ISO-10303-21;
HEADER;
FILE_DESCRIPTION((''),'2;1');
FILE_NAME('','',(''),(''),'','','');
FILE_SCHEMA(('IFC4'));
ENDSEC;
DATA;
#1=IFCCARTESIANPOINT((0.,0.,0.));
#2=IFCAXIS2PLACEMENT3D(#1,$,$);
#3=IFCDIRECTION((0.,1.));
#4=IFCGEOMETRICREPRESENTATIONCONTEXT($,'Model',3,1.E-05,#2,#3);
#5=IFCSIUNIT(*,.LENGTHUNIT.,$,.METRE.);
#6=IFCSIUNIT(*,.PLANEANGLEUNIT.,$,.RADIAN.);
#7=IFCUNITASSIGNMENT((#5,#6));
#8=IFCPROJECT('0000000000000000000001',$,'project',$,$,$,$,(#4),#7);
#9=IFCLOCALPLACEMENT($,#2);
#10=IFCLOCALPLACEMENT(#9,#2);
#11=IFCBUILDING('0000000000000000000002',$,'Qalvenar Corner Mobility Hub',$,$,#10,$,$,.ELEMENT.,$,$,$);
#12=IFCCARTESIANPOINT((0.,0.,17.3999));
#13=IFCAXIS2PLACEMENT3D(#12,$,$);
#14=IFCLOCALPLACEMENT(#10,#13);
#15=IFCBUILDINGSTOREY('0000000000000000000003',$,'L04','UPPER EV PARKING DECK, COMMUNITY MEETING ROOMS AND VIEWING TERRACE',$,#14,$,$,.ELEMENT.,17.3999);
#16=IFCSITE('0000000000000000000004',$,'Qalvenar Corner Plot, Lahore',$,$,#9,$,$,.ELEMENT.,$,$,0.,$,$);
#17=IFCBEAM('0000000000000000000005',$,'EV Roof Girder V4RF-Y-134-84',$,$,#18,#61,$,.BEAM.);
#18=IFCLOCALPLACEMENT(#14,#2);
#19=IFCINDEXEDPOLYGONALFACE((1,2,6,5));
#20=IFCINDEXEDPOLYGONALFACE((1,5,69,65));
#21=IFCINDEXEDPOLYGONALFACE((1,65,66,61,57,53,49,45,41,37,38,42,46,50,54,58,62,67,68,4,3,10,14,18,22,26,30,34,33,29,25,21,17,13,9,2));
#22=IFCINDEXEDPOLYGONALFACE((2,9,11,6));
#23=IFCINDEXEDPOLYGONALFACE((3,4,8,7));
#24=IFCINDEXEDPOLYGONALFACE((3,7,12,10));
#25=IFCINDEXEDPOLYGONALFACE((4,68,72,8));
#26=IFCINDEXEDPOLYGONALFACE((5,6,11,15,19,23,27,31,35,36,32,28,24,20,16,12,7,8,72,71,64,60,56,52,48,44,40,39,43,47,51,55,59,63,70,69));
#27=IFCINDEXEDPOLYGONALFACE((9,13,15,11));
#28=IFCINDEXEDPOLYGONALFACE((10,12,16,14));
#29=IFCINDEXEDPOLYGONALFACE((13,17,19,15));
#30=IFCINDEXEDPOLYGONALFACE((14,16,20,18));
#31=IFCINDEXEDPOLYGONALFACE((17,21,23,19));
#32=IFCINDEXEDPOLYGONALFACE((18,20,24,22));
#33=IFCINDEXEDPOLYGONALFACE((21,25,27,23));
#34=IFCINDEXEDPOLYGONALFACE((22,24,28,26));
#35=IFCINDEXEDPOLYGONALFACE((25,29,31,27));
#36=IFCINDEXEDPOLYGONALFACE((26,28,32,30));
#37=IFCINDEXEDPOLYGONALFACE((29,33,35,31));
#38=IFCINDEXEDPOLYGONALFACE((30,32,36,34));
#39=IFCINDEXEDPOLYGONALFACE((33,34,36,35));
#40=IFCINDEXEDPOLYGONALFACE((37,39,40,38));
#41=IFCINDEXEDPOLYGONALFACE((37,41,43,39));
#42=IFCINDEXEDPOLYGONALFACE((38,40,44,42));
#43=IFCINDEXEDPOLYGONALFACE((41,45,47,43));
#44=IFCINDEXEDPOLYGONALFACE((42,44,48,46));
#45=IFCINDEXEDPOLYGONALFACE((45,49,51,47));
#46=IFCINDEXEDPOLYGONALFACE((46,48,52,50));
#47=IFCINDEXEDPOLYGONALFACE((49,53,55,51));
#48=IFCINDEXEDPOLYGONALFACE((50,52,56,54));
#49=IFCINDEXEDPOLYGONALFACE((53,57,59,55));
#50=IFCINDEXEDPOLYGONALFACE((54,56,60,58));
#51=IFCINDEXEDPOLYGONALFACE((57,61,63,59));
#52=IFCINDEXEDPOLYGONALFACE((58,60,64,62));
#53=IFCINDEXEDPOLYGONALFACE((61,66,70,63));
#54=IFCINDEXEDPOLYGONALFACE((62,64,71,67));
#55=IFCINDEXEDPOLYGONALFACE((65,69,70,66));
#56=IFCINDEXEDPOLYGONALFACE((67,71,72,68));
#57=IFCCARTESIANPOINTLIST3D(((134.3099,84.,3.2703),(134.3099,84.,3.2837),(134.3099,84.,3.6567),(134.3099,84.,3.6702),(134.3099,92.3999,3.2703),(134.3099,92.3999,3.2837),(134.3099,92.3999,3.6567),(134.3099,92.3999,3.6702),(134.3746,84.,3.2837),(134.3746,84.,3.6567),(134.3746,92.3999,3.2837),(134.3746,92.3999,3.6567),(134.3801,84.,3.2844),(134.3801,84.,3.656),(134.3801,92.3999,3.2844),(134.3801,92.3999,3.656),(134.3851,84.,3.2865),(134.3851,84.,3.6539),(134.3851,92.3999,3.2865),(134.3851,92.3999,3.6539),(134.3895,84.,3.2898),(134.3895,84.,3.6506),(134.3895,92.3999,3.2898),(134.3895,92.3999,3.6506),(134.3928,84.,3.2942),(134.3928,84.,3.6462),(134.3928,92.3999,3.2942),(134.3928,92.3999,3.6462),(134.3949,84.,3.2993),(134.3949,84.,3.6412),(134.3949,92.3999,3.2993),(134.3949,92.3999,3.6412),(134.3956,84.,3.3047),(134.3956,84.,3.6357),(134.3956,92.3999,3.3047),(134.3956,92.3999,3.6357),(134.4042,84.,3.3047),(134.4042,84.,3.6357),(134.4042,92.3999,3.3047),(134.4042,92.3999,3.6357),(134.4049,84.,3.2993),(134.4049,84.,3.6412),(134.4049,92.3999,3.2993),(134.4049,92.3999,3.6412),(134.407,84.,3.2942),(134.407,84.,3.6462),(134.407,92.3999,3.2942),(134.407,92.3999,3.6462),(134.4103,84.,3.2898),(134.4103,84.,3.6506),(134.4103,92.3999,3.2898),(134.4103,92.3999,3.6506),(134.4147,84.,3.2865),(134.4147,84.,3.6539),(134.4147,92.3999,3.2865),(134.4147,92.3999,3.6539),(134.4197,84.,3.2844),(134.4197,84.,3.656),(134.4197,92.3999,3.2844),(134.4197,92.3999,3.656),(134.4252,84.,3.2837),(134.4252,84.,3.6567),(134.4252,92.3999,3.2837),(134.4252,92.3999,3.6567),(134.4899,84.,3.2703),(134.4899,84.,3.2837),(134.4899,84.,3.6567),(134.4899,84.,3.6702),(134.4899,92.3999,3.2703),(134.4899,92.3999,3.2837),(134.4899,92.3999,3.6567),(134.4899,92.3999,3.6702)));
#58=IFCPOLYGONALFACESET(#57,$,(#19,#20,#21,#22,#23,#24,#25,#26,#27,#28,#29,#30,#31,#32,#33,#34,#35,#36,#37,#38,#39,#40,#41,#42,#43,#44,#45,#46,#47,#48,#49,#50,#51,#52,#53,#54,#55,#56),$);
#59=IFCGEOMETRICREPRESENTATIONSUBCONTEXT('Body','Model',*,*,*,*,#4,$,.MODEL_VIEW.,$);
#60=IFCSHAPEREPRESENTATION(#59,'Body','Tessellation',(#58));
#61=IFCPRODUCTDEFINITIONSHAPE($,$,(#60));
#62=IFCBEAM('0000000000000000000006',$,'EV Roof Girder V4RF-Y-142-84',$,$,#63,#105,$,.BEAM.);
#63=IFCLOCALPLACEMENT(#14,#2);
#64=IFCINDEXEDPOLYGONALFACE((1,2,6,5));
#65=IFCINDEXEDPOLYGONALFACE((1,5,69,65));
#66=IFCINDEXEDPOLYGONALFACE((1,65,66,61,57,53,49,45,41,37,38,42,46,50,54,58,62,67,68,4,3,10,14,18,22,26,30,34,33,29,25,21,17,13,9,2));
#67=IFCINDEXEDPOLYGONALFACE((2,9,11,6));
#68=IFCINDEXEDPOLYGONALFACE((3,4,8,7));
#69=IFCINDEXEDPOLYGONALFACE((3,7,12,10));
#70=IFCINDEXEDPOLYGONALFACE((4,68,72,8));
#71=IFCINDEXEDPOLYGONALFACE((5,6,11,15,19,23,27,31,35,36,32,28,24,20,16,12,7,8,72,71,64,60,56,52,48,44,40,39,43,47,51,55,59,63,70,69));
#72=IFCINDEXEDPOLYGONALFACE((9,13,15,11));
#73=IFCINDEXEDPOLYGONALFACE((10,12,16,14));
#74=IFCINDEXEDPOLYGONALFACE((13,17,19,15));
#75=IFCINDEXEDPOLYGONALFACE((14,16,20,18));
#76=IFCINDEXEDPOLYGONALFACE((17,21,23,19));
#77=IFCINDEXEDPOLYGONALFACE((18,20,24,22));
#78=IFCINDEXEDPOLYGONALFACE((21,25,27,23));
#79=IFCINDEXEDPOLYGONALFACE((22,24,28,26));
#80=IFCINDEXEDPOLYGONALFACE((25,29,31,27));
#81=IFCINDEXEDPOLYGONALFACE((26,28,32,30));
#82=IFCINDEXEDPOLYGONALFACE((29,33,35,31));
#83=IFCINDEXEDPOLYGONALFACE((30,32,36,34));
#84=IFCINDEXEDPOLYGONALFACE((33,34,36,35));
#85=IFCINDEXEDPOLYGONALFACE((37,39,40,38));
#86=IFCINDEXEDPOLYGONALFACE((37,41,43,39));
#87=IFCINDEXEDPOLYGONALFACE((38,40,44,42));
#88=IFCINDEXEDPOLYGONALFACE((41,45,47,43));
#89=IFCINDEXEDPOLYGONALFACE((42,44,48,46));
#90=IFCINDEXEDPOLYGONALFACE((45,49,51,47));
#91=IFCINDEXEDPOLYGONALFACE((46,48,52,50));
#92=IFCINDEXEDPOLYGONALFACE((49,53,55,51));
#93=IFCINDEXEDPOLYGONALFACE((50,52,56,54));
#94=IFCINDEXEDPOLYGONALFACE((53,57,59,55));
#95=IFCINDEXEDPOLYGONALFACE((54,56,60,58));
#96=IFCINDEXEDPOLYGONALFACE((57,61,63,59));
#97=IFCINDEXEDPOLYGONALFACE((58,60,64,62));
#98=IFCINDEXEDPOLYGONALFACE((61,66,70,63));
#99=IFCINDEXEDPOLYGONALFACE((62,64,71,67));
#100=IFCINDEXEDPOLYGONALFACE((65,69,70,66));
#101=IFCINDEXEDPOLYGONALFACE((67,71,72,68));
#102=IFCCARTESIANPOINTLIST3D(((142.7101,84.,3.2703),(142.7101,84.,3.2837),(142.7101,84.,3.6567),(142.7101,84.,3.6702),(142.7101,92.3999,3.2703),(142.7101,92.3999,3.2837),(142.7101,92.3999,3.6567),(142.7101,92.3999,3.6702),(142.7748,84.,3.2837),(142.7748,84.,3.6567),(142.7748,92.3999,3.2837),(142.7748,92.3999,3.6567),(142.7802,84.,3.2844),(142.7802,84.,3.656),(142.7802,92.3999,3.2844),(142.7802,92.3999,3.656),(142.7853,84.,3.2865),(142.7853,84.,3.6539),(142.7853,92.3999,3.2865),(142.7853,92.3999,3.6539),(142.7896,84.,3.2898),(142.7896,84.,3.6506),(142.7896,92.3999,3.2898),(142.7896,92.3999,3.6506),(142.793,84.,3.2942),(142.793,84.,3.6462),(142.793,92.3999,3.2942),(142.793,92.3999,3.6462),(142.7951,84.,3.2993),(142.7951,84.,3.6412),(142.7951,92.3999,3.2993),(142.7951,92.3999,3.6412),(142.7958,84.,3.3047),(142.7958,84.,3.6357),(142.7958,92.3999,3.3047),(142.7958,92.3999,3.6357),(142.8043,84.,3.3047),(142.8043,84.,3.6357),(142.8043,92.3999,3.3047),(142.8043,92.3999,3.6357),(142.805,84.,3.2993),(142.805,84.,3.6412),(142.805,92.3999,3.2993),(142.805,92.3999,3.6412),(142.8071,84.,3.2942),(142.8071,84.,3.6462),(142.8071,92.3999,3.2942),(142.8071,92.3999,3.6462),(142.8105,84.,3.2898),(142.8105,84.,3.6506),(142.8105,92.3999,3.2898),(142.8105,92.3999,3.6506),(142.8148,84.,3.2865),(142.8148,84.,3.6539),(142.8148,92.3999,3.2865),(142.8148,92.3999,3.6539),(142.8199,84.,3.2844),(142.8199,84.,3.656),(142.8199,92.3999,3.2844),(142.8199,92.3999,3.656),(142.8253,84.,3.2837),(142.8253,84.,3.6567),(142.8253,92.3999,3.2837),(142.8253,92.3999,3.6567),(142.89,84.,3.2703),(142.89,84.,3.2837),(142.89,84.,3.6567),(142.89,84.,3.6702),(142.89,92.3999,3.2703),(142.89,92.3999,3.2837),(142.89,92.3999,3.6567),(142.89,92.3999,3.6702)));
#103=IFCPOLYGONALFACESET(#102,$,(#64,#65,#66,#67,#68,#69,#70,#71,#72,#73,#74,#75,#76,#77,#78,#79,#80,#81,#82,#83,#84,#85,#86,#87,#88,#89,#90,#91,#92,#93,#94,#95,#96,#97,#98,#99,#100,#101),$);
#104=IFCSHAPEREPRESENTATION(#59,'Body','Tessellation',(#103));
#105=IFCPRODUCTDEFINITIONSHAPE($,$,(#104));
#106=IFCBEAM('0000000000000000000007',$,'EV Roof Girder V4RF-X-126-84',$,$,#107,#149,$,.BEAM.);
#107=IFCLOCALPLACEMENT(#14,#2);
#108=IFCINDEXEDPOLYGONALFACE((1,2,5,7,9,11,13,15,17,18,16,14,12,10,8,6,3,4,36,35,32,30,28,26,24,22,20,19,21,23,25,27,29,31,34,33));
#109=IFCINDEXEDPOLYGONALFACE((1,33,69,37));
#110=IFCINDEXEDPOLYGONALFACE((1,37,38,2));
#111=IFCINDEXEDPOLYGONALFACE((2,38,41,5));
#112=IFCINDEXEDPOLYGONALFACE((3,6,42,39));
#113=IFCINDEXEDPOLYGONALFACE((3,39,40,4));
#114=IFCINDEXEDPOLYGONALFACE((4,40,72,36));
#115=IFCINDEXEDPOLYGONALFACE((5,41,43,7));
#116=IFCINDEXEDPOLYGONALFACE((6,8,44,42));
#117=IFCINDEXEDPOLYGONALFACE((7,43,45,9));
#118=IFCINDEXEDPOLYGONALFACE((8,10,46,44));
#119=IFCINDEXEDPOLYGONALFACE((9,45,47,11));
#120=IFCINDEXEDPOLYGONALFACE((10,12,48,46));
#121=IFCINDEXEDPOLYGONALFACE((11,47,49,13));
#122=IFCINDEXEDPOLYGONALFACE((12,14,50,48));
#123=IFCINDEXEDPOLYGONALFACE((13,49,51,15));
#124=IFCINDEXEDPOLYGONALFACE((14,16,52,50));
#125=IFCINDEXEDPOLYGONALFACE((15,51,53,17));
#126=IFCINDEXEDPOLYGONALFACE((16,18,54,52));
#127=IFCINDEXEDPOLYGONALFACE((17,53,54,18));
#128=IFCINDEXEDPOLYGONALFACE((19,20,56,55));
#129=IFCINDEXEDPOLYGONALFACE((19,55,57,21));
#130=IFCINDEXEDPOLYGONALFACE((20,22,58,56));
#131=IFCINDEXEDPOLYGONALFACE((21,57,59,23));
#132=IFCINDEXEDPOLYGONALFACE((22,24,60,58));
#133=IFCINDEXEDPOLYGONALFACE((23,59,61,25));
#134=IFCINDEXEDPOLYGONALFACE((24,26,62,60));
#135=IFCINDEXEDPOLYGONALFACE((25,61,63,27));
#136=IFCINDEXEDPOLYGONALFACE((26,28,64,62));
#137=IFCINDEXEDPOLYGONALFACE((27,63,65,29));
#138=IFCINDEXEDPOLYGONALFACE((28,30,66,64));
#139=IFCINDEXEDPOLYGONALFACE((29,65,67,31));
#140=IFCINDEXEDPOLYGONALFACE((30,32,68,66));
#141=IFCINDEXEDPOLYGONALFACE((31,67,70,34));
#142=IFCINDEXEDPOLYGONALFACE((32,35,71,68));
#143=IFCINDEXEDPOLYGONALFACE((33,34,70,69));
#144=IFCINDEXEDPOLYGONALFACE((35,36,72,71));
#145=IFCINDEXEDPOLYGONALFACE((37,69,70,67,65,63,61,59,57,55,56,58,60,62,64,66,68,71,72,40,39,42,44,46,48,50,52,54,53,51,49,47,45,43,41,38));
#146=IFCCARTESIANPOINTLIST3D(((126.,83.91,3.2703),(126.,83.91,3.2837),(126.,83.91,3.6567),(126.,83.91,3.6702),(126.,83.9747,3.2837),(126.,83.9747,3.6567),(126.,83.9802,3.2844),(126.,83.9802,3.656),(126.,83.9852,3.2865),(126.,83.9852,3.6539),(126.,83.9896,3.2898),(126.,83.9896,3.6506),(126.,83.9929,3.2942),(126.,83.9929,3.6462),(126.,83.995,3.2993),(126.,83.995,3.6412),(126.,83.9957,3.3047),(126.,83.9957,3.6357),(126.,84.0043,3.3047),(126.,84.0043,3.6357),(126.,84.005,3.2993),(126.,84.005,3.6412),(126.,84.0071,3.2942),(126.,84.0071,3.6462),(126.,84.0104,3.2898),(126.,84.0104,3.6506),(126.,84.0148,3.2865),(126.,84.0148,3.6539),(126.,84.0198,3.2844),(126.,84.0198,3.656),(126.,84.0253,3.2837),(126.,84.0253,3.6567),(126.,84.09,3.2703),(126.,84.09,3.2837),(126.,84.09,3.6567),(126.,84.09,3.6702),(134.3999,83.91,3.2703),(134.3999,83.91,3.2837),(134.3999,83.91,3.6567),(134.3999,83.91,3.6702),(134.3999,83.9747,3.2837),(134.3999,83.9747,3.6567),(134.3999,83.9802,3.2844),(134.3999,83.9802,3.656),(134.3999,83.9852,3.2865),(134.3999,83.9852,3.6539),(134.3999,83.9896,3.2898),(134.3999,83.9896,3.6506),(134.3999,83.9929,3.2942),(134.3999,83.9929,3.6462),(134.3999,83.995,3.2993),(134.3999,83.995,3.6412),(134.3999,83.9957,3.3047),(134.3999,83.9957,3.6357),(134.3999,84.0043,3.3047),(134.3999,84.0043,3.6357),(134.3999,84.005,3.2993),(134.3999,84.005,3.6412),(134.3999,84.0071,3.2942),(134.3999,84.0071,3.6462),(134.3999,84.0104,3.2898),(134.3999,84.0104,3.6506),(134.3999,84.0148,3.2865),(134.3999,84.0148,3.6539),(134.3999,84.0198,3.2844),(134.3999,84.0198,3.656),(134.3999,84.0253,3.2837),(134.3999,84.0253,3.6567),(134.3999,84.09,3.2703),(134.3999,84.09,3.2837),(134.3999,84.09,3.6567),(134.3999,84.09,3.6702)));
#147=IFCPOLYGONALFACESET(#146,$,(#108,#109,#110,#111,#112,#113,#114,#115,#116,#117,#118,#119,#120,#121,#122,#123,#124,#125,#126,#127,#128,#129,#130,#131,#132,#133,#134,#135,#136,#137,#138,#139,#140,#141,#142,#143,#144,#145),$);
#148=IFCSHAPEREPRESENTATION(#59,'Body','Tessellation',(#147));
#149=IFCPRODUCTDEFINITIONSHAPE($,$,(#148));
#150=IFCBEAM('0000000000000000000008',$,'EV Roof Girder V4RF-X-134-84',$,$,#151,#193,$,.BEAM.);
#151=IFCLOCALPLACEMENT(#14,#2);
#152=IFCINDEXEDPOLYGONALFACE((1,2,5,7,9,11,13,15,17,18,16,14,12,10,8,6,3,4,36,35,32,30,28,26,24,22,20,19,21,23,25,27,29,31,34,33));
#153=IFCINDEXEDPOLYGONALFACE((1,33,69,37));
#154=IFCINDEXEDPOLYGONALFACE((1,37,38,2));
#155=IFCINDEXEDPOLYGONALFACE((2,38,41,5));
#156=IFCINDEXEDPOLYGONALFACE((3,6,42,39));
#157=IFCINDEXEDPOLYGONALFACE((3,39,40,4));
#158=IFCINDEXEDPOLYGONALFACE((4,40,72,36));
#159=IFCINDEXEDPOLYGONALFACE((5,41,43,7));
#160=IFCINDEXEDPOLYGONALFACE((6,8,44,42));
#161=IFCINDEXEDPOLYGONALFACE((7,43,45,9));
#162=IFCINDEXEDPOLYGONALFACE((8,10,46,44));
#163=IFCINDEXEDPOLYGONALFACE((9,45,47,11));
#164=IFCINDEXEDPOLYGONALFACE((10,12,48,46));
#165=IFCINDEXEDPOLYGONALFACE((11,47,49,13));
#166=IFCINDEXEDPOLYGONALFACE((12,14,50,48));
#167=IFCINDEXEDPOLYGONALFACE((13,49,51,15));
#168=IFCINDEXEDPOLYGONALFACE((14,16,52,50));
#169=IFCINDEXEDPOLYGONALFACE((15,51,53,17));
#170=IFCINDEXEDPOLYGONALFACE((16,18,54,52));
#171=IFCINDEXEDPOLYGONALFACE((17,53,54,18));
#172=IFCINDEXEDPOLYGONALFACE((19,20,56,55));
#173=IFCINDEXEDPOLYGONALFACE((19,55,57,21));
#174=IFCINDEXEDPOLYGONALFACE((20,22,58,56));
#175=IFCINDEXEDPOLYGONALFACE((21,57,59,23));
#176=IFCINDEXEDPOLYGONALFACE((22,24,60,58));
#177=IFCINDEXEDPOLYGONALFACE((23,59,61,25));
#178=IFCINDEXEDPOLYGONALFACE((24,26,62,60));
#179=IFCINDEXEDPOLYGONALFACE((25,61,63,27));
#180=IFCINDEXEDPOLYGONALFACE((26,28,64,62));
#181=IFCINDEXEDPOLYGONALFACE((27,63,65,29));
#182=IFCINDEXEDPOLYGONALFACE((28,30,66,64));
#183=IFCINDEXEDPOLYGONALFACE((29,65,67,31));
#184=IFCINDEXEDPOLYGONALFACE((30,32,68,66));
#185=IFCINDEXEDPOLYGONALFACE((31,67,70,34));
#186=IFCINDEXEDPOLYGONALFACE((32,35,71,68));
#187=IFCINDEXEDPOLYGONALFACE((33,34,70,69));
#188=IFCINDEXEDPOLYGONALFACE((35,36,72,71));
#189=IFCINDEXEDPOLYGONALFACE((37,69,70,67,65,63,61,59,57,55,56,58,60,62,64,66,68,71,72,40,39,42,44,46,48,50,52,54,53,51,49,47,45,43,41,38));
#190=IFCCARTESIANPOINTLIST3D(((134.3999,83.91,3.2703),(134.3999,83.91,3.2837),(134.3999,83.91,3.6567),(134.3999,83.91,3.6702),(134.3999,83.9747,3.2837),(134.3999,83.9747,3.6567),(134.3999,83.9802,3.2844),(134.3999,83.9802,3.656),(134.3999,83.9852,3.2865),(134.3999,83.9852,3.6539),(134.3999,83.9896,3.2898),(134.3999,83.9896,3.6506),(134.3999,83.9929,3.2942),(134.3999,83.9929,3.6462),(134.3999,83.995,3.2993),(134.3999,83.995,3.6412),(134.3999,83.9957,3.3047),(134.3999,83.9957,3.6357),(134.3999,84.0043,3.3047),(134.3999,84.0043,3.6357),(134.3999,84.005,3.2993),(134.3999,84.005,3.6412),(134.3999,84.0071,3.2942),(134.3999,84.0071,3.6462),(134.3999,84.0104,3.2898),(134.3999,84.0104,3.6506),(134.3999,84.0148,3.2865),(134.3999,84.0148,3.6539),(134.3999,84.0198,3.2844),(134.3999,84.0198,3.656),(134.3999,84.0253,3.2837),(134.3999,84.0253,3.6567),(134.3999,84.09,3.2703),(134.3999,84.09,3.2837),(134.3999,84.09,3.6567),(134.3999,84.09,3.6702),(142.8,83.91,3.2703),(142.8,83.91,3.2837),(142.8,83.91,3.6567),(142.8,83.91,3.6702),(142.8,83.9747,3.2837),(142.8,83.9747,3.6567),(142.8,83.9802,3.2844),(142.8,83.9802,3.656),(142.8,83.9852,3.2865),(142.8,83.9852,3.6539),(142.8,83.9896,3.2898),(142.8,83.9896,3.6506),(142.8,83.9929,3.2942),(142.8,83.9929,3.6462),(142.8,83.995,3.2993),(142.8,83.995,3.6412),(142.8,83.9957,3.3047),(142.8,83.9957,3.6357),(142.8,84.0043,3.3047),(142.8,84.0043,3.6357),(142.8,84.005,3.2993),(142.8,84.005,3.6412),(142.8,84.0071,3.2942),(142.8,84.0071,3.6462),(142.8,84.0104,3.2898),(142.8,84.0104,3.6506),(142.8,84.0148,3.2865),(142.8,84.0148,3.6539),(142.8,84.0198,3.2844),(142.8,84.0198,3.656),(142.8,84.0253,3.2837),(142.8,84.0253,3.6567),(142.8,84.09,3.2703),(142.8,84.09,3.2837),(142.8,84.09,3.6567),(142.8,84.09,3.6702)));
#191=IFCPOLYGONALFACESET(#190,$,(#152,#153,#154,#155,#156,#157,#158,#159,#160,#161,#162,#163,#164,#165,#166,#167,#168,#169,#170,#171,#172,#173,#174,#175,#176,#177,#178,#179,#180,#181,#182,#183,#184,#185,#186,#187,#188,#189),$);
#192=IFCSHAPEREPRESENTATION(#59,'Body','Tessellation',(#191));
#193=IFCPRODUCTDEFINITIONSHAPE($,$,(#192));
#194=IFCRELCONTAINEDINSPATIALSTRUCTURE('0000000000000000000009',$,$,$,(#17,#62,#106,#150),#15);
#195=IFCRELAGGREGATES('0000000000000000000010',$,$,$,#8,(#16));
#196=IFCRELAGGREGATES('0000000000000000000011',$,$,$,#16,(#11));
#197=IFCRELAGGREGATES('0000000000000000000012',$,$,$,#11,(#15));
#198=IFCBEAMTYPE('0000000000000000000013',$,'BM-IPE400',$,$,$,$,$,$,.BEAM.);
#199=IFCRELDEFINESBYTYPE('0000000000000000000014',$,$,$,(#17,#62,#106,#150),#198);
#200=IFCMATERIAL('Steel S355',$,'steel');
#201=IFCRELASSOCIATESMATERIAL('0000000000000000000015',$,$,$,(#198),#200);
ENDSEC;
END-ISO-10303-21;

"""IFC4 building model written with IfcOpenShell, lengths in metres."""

from ifc_helpers import new_model, si_unit, direction, frame, origin, origin_2d, place, context, subcontext, project, spatial, i_section, extrude, material, material_profile, profile_set, type_object, element, save


model = new_model("IFC4")

# Units and contexts
model_context = context("Model", 3, precision=1e-05, world=origin(), true_north=direction((0.0, 1.0)))
body_context = subcontext(model_context, "Body", "Model", "MODEL_VIEW")
ifc_project = project(units=[si_unit("LENGTHUNIT", "METRE"), si_unit("PLANEANGLEUNIT", "RADIAN")], contexts=[model_context])

# Site, building, storey
site_placement = place(None, origin())
site = spatial("IfcSite", under=ifc_project, at=site_placement, Name="Qalvenar Corner Plot, Lahore", CompositionType="ELEMENT", RefElevation=0.0)
building_placement = place(site_placement, origin())
building = spatial("IfcBuilding", under=site, at=building_placement, Name="Qalvenar Corner Mobility Hub", CompositionType="ELEMENT")
storey_placement = place(building_placement, frame((0.0, 0.0, 17.3999)))
storey = spatial("IfcBuildingStorey", under=building, at=storey_placement, Name="L04", Description="UPPER EV PARKING DECK, COMMUNITY MEETING ROOMS AND VIEWING TERRACE", CompositionType="ELEMENT", Elevation=17.3999)

# Shared definitions
ifc_material_1 = material(Name="Steel S355", Category="steel")

# Beams
ifc_material_profile_1 = material_profile(ifc_material_1, i_section(OverallWidth=0.1799, OverallDepth=0.3999, WebThickness=0.0085, FlangeThickness=0.0134, FilletRadius=0.021, at=origin_2d()), Name="IPE400")
ifc_profile_set_1 = profile_set([ifc_material_profile_1], Name="Steel S355")
beam_type_1 = type_object("IfcBeamType", Name="BM-IPE400", PredefinedType="BEAM", material=ifc_profile_set_1)
for number, where, z_axis, x_axis, name in (
    (1, (134.3999, 84.0, 3.4702), (0.0, 1.0, 0.0), (-1.0, 0.0, 0.0), "EV Roof Girder V4RF-Y-134-84"),
    (2, (142.8, 84.0, 3.4702), (0.0, 1.0, 0.0), (-1.0, 0.0, 0.0), "EV Roof Girder V4RF-Y-142-84"),
    (3, (126.0, 84.0, 3.4702), (1.0, 0.0, 0.0), (0.0, 1.0, 0.0), "EV Roof Girder V4RF-X-126-84"),
):
    element("IfcBeam", number, at=place(storey_placement, frame(where, z_axis=z_axis, x_axis=x_axis)), inside=storey, type_object=beam_type_1, Name=name, PredefinedType="BEAM", context=body_context, shape_type="SweptSolid", body=[
        extrude(i_section(OverallWidth=0.1799, OverallDepth=0.3999, WebThickness=0.0085, FlangeThickness=0.0134, FilletRadius=0.021, at=origin_2d()), origin(), (0.0, 0.0, 1.0), 8.3999),
    ])
beam_1_placement = place(storey_placement, frame((134.3999, 84.0, 3.4702), z_axis=(1.0, 0.0, 0.0), x_axis=(0.0, 1.0, 0.0)))
element("IfcBeam", 4, at=beam_1_placement, inside=storey, type_object=beam_type_1, Name="EV Roof Girder V4RF-X-134-84", PredefinedType="BEAM", context=body_context, shape_type="SweptSolid", body=[
    extrude(i_section(OverallWidth=0.1799, OverallDepth=0.3999, WebThickness=0.0085, FlangeThickness=0.0134, FilletRadius=0.021, at=origin_2d()), origin(), (0.0, 0.0, 1.0), 8.4001),
])

save(model, "model.ifc")
